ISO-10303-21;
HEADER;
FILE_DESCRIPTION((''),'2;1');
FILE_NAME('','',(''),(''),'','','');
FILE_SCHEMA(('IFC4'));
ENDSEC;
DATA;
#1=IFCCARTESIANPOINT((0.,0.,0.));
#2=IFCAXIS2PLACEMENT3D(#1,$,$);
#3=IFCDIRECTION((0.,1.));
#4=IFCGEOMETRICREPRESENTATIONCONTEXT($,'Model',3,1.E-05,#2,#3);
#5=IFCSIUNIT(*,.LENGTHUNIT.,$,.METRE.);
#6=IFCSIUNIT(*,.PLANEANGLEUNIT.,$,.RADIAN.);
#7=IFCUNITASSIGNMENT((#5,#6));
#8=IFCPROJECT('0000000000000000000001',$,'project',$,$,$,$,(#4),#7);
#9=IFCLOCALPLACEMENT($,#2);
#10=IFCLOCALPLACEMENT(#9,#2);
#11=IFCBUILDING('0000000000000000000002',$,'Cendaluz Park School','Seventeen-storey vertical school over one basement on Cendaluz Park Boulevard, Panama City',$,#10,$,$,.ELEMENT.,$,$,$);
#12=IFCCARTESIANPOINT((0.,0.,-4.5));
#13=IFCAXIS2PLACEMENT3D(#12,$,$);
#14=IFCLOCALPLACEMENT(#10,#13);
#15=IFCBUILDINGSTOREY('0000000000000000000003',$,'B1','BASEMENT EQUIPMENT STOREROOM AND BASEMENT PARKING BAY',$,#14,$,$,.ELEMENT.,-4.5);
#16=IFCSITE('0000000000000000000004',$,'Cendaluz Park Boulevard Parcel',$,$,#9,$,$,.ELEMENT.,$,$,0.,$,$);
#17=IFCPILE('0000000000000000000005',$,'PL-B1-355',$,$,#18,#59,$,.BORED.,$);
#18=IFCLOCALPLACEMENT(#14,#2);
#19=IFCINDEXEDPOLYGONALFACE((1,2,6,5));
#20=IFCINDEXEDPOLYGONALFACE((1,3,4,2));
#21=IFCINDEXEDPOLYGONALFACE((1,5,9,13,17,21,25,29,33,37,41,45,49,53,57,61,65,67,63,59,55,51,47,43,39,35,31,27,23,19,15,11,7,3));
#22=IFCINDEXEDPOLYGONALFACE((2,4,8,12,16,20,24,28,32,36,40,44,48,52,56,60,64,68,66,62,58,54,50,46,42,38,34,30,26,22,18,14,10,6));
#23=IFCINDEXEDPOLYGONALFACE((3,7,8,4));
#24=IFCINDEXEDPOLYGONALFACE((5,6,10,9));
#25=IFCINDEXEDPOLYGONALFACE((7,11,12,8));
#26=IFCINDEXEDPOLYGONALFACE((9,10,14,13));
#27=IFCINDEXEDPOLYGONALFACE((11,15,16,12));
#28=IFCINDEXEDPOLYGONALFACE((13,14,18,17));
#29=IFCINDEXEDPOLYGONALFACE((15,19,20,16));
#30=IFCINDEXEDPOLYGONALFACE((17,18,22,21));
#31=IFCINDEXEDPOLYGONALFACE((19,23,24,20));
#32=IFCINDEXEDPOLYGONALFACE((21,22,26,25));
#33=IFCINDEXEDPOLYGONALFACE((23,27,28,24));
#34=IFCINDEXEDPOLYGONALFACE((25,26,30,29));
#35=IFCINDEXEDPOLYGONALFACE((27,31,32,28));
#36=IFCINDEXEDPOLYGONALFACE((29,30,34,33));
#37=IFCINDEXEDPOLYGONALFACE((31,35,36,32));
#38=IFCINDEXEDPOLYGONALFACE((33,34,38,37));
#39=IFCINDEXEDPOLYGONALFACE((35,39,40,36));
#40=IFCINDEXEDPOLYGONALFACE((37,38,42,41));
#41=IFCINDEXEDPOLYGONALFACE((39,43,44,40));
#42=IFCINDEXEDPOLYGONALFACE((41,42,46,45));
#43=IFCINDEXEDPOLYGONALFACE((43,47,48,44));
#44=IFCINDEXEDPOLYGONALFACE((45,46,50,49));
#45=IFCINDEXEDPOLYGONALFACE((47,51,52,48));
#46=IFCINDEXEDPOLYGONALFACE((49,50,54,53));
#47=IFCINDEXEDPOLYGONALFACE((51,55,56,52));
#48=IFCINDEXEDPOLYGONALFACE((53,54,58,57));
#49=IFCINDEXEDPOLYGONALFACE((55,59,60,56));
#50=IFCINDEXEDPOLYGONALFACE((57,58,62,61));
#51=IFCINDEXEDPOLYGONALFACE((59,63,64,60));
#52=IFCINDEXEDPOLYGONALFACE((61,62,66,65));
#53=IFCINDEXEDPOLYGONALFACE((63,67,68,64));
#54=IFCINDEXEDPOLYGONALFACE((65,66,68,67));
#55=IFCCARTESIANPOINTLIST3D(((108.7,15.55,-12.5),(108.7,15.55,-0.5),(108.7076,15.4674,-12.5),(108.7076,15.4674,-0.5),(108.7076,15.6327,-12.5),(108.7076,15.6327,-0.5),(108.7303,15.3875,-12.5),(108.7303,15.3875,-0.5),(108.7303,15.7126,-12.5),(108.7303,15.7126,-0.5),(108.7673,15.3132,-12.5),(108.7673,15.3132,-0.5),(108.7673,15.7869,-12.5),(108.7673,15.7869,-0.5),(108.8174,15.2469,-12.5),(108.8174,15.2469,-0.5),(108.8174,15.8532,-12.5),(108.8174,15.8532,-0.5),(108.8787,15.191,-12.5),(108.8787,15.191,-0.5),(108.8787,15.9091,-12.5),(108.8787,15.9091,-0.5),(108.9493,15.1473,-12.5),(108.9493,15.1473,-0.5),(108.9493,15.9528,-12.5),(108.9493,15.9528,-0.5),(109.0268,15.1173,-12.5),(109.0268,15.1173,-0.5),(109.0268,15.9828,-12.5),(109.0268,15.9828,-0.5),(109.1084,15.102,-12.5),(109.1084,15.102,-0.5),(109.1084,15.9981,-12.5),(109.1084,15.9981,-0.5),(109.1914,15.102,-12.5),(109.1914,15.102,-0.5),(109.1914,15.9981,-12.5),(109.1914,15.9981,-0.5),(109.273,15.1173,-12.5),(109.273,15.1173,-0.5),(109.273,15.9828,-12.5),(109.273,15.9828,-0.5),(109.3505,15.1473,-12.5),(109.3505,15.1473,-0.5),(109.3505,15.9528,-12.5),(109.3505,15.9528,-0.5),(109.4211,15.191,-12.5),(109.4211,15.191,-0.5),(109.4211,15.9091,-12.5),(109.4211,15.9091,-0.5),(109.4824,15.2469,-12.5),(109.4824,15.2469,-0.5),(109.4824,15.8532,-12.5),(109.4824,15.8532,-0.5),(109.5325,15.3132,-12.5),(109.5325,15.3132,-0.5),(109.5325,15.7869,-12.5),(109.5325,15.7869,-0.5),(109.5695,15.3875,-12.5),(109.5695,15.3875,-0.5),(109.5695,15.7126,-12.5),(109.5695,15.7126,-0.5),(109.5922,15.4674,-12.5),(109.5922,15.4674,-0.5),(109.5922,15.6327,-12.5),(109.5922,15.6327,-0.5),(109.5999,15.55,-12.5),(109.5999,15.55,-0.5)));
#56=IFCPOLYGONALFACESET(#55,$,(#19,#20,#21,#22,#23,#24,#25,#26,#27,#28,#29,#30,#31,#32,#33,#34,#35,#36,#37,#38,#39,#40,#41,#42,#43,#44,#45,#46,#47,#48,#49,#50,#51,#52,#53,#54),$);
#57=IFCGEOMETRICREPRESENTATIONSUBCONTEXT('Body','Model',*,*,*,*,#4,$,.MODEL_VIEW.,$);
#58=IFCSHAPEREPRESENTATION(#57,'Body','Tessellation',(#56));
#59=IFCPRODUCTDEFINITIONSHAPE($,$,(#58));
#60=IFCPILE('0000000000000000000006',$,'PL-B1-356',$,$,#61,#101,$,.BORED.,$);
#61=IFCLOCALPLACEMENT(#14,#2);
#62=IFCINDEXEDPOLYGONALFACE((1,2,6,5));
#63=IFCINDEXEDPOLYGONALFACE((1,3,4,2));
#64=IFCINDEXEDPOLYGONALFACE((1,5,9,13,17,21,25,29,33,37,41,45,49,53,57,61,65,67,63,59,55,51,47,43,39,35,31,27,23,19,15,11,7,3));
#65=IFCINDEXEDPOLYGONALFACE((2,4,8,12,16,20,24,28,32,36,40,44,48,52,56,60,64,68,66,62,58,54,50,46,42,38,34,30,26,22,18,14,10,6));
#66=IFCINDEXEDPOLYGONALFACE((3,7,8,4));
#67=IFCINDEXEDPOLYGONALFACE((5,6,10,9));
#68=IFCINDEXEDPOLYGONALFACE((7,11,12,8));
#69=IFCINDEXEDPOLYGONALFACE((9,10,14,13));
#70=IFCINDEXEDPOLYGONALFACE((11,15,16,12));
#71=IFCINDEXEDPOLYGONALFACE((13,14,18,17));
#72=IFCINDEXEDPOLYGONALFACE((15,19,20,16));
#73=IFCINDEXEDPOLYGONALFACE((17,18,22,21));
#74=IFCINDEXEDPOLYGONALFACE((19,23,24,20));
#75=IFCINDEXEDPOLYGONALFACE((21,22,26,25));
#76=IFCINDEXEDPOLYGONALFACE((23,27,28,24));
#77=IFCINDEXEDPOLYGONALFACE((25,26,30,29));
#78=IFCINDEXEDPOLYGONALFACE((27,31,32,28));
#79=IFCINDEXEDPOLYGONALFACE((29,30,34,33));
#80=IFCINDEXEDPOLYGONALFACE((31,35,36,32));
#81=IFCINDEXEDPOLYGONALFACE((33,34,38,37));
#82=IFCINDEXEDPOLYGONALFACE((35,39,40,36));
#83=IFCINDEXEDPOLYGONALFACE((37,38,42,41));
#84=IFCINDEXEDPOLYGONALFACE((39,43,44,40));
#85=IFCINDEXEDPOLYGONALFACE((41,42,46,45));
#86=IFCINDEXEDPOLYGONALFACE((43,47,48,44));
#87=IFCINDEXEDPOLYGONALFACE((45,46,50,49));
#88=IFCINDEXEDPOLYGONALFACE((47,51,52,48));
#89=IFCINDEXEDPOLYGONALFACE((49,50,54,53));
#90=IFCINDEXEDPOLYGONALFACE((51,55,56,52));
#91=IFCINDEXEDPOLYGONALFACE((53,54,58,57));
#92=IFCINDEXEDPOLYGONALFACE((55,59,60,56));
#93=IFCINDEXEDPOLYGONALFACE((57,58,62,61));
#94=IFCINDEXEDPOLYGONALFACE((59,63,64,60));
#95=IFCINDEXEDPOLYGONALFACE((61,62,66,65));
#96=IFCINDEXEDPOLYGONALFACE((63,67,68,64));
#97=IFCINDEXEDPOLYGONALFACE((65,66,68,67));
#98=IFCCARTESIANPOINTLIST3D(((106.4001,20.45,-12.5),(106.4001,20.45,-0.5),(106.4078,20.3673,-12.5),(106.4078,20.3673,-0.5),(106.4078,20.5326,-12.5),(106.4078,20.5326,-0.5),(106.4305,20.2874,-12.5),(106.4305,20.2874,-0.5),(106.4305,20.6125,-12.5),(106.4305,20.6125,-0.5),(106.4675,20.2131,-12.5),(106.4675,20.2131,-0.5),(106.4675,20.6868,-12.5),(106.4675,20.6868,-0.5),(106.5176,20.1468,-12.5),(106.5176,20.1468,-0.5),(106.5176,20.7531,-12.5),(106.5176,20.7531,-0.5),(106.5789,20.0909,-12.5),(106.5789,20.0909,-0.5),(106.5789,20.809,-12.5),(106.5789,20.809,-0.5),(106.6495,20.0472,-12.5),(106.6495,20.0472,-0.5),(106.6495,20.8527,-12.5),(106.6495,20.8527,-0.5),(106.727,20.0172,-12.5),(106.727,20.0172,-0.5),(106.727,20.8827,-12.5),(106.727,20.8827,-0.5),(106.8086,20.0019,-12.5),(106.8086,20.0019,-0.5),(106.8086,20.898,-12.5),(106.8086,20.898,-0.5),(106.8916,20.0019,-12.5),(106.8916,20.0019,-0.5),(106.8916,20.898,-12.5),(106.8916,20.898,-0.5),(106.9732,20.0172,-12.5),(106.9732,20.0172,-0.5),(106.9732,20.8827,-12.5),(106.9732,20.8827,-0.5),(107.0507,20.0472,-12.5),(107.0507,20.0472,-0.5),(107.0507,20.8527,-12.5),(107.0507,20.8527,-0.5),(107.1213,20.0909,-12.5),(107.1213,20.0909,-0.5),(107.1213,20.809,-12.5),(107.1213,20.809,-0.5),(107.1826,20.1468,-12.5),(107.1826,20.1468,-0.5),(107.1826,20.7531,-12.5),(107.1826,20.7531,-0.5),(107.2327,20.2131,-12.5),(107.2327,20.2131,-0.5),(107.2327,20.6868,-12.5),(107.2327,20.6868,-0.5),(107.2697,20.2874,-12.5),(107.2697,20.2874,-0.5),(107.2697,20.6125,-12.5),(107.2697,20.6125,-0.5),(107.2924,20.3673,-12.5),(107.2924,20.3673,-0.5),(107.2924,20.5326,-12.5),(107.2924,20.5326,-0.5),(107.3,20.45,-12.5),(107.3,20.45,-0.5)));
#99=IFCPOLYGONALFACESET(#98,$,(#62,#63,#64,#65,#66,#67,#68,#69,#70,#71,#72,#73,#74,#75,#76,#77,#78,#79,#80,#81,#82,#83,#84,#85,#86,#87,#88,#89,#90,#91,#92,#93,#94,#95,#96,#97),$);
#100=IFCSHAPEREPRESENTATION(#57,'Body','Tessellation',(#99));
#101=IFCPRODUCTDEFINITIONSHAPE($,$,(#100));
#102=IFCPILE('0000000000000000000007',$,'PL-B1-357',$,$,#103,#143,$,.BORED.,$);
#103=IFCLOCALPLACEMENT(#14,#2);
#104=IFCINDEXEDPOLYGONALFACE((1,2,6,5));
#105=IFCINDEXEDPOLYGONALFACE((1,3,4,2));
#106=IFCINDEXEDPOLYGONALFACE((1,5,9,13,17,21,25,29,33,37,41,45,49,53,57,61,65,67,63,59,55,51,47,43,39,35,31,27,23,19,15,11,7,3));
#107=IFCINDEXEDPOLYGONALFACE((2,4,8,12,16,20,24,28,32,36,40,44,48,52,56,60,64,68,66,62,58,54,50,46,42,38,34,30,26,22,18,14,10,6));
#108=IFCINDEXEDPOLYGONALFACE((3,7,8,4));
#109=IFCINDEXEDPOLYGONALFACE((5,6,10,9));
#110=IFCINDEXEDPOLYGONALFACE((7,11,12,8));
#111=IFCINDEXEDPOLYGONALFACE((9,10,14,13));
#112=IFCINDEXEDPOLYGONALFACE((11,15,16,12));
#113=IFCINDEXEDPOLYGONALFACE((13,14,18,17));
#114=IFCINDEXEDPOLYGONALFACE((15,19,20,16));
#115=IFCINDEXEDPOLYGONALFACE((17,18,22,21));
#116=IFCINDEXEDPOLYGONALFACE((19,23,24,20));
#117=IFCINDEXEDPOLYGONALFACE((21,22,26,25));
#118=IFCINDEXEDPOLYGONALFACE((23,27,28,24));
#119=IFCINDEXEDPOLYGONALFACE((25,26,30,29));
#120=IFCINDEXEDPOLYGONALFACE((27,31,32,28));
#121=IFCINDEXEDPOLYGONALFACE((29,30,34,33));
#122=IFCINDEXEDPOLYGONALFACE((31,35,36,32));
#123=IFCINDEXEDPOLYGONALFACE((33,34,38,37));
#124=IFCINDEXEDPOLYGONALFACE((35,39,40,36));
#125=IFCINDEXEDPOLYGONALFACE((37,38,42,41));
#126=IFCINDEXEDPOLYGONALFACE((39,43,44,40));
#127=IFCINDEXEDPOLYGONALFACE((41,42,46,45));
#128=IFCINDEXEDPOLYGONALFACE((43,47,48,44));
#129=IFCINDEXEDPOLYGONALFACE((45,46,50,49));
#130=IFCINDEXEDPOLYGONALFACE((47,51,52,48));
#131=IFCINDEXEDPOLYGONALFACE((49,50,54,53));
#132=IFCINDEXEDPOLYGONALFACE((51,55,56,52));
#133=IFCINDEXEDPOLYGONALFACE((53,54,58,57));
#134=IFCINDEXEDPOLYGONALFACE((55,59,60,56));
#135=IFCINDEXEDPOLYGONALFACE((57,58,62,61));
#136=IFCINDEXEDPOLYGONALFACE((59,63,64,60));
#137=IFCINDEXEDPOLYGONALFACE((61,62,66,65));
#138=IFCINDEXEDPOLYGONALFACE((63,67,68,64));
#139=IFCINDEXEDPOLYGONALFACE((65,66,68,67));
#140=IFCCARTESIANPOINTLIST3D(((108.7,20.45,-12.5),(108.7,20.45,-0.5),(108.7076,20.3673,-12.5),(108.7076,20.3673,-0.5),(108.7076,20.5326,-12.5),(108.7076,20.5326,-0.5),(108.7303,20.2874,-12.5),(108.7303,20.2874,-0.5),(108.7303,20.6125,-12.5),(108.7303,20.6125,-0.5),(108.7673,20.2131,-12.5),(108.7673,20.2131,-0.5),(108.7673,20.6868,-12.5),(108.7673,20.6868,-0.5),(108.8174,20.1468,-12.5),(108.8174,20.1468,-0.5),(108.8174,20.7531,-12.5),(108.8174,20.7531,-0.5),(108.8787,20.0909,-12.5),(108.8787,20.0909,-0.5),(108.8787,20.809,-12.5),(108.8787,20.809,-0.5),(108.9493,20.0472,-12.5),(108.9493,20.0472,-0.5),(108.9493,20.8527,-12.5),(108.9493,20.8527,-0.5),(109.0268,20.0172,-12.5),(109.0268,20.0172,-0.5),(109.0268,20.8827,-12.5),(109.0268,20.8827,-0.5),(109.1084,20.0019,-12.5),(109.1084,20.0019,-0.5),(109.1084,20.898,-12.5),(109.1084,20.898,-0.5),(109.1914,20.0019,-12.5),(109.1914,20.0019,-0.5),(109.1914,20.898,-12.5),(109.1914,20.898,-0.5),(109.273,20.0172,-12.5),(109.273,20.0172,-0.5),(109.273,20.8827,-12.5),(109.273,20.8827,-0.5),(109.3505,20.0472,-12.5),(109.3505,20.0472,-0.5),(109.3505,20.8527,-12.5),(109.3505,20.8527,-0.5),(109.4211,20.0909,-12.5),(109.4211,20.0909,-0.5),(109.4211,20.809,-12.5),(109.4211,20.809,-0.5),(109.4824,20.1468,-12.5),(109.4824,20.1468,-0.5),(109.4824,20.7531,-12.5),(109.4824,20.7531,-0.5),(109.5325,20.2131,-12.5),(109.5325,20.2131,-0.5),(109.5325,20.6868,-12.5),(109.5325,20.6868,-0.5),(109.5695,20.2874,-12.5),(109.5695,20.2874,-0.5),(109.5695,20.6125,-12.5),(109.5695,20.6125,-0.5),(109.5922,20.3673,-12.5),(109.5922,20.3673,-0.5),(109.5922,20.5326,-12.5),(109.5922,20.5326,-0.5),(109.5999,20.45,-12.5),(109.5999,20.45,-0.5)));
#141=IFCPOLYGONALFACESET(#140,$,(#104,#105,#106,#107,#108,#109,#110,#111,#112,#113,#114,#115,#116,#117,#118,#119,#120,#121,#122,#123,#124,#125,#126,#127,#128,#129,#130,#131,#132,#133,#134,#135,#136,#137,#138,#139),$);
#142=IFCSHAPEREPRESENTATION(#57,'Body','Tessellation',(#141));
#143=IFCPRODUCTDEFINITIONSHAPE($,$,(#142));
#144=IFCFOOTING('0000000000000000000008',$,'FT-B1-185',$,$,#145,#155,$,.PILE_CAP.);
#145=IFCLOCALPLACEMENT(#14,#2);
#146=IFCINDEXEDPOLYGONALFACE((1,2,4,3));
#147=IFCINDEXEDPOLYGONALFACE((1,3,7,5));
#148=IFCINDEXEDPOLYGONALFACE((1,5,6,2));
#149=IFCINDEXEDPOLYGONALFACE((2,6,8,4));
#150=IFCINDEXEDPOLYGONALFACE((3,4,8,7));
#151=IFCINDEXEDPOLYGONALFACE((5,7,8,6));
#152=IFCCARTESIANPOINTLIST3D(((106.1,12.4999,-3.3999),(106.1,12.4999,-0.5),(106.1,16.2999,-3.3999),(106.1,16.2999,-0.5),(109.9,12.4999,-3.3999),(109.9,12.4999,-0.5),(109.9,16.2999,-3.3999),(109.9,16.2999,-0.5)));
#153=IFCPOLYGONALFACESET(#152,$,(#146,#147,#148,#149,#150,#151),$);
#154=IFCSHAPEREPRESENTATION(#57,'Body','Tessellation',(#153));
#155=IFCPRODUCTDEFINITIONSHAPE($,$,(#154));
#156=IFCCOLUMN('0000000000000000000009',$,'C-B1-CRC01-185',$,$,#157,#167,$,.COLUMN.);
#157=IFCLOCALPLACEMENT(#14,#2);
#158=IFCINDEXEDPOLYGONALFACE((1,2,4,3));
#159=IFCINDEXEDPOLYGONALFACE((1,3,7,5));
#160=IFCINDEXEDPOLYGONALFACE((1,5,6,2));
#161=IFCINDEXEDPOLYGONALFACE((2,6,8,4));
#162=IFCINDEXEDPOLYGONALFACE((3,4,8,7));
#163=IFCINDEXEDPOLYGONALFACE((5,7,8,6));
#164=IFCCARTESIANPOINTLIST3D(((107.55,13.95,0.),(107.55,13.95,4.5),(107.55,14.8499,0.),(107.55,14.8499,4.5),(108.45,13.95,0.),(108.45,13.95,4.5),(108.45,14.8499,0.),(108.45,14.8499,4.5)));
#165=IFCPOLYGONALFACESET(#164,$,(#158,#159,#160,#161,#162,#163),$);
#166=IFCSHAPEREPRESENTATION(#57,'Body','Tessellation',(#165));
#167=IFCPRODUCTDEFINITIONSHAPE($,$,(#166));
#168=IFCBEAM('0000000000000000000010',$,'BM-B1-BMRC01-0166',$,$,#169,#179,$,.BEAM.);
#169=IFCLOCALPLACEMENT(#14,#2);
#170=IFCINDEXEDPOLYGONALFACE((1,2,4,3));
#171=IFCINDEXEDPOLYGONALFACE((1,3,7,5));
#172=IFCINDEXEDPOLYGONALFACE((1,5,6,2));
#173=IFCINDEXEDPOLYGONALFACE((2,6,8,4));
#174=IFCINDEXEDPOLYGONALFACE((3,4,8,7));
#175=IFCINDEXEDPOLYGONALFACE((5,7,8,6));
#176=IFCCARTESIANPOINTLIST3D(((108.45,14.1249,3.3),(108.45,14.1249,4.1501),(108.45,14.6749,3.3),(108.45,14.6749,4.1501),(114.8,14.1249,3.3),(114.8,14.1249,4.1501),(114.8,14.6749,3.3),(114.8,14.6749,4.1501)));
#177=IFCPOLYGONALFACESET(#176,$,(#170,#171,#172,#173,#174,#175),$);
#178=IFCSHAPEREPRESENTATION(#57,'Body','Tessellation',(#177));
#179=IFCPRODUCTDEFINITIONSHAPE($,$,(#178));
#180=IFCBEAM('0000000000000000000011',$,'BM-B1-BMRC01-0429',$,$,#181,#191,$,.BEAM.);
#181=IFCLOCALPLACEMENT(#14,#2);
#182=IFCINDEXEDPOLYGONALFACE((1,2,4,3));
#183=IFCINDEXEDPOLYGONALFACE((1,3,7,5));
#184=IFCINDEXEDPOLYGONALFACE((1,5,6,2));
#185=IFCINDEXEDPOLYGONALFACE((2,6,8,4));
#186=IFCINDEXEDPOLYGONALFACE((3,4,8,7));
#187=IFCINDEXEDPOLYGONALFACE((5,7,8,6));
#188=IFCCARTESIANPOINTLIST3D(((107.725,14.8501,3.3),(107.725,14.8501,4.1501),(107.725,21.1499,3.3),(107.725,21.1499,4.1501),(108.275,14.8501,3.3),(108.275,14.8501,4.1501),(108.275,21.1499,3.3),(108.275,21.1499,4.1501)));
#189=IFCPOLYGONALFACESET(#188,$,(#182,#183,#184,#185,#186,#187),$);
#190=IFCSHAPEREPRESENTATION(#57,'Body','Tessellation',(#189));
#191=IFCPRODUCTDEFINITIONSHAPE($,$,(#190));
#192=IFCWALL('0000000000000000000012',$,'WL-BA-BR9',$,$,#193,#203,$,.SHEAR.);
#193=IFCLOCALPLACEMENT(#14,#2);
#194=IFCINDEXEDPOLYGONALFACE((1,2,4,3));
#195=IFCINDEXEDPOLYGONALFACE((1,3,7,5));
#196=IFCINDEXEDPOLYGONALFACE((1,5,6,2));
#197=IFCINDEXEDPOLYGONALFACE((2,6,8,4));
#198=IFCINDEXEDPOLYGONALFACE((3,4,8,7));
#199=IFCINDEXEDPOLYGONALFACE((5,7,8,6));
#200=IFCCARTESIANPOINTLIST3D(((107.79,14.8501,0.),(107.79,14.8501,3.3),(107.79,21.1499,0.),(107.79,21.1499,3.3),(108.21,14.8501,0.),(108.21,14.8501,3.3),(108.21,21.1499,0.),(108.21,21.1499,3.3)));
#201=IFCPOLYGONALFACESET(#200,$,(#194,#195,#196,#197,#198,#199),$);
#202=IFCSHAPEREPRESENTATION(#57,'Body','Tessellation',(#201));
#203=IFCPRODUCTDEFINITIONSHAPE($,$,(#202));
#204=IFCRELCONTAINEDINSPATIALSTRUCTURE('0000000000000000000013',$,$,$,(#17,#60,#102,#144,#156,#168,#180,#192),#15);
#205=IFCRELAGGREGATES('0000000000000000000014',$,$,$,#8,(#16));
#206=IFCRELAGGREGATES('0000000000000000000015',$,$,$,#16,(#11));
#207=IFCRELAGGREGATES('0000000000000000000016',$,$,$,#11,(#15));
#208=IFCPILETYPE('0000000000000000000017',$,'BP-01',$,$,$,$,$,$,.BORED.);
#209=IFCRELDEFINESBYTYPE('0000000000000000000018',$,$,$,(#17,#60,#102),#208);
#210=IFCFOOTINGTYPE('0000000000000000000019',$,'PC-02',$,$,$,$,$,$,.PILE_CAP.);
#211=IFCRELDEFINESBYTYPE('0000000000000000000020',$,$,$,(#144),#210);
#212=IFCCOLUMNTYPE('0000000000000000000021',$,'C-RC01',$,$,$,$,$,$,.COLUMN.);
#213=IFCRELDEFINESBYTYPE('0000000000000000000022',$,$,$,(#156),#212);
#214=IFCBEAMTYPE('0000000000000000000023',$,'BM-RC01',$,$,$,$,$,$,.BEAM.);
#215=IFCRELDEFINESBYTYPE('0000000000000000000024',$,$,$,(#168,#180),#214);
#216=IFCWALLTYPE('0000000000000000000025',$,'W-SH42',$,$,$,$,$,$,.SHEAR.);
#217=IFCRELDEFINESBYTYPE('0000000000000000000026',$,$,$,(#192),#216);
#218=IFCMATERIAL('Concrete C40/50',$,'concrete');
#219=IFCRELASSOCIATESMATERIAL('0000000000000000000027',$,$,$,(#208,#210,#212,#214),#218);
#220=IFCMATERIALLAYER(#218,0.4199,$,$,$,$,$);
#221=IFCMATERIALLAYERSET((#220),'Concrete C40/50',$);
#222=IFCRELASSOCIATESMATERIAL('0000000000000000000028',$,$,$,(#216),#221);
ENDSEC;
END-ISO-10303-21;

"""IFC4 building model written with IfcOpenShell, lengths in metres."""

from ifc_helpers import new_model, si_unit, direction, frame, frame_2d, origin, origin_2d, place, context, subcontext, project, spatial, rectangle, circle, extrude, material, layer, layer_set, material_profile, profile_set, type_object, element, save


model = new_model("IFC4")

# Units and contexts
model_context = context("Model", 3, precision=1e-05, world=origin(), true_north=direction((0.0, 1.0)))
body_context = subcontext(model_context, "Body", "Model", "MODEL_VIEW")
ifc_project = project(units=[si_unit("LENGTHUNIT", "METRE"), si_unit("PLANEANGLEUNIT", "RADIAN")], contexts=[model_context])

# Site, building, storey
site_placement = place(None, origin())
site = spatial("IfcSite", under=ifc_project, at=site_placement, Name="Cendaluz Park Boulevard Parcel", CompositionType="ELEMENT", RefElevation=0.0)
building_placement = place(site_placement, origin())
building = spatial("IfcBuilding", under=site, at=building_placement, Name="Cendaluz Park School", Description="Seventeen-storey vertical school over one basement on Cendaluz Park Boulevard, Panama City", CompositionType="ELEMENT")
storey_placement = place(building_placement, frame((0.0, 0.0, -4.5)))
storey = spatial("IfcBuildingStorey", under=building, at=storey_placement, Name="B1", Description="BASEMENT EQUIPMENT STOREROOM AND BASEMENT PARKING BAY", CompositionType="ELEMENT", Elevation=-4.5)

# Piles
ifc_material_1 = material(Name="Concrete C40/50", Category="concrete")
ifc_material_profile_1 = material_profile(ifc_material_1, circle(Radius=0.45, at=origin_2d()), Name="BP D900", Category="concrete")
ifc_profile_set_1 = profile_set([ifc_material_profile_1], Name="Concrete C40/50")
pile_type = type_object("IfcPileType", Name="BP-01", PredefinedType="BORED", material=ifc_profile_set_1)
for number, where, z_axis, x_axis, name in (
    (1, (109.1499, 15.55, -0.5), (0.0, 0.0, -1.0), (1.0, 0.0, 0.0), "PL-B1-355"),
    (2, (106.8501, 20.45, -0.5), (0.0, 0.0, -1.0), (1.0, 0.0, 0.0), "PL-B1-356"),
    (3, (109.1499, 20.45, -0.5), (0.0, 0.0, -1.0), (1.0, 0.0, 0.0), "PL-B1-357"),
):
    element("IfcPile", number, at=place(storey_placement, frame(where, z_axis=z_axis, x_axis=x_axis)), inside=storey, type_object=pile_type, Name=name, PredefinedType="BORED", context=body_context, shape_type="SweptSolid", body=[
        extrude(circle(Radius=0.45, at=origin_2d()), origin(), (0.0, 0.0, 1.0), 12.0),
    ])

# Footing
footing_type = type_object("IfcFootingType", Name="PC-02", PredefinedType="PILE_CAP", material=ifc_material_1)
footing_placement = place(storey_placement, frame((108.0, 14.3999, -3.3999), z_axis=(0.0, 0.0, 1.0), x_axis=(1.0, 0.0, 0.0)))
element("IfcFooting", 4, at=footing_placement, inside=storey, type_object=footing_type, Name="FT-B1-185", PredefinedType="PILE_CAP", context=body_context, shape_type="SweptSolid", body=[
    extrude(rectangle(XDim=3.8, YDim=3.8, at=origin_2d()), origin(), (0.0, 0.0, 1.0), 2.8999),
])

# Column
ifc_material_profile_2 = material_profile(ifc_material_1, rectangle(XDim=0.8999, YDim=0.8999, at=origin_2d()), Name="RC 900x900", Category="concrete")
ifc_profile_set_2 = profile_set([ifc_material_profile_2], Name="Concrete C40/50")
column_type = type_object("IfcColumnType", Name="C-RC01", PredefinedType="COLUMN", material=ifc_profile_set_2)
column_placement = place(storey_placement, frame((108.0, 14.3999, 0.0), z_axis=(0.0, 0.0, 1.0), x_axis=(1.0, 0.0, 0.0)))
element("IfcColumn", 5, at=column_placement, inside=storey, type_object=column_type, Name="C-B1-CRC01-185", PredefinedType="COLUMN", context=body_context, shape_type="SweptSolid", body=[
    extrude(rectangle(XDim=0.8999, YDim=0.8999, at=origin_2d()), origin(), (0.0, 0.0, 1.0), 4.5),
])

# Beams
ifc_material_profile_3 = material_profile(ifc_material_1, rectangle(XDim=0.55, YDim=0.8501, at=origin_2d()), Name="RC 550x850", Category="concrete")
ifc_profile_set_3 = profile_set([ifc_material_profile_3], Name="Concrete C40/50")
beam_type = type_object("IfcBeamType", Name="BM-RC01", PredefinedType="BEAM", material=ifc_profile_set_3)
beam_1_placement = place(storey_placement, frame((108.45, 14.3999, 3.7251), z_axis=(1.0, 0.0, 0.0), x_axis=(0.0, 1.0, 0.0)))
element("IfcBeam", 6, at=beam_1_placement, inside=storey, type_object=beam_type, Name="BM-B1-BMRC01-0166", PredefinedType="BEAM", context=body_context, shape_type="SweptSolid", body=[
    extrude(rectangle(XDim=0.55, YDim=0.8501, at=origin_2d()), origin(), (0.0, 0.0, 1.0), 6.3501),
])
beam_2_placement = place(storey_placement, frame((108.0, 14.8501, 3.7251), z_axis=(0.0, 1.0, 0.0), x_axis=(-1.0, 0.0, 0.0)))
element("IfcBeam", 7, at=beam_2_placement, inside=storey, type_object=beam_type, Name="BM-B1-BMRC01-0429", PredefinedType="BEAM", context=body_context, shape_type="SweptSolid", body=[
    extrude(rectangle(XDim=0.55, YDim=0.8501, at=origin_2d()), origin(), (0.0, 0.0, 1.0), 6.2998),
])

# Wall
ifc_layer_1 = layer(ifc_material_1, 0.4199)
ifc_layer_set_1 = layer_set([ifc_layer_1], Name="Concrete C40/50")
wall_type_1 = type_object("IfcWallType", Name="W-SH42", PredefinedType="SHEAR", material=ifc_layer_set_1)
wall_1_placement = place(storey_placement, frame((108.0, 14.8501, 0.0), z_axis=(0.0, 0.0, 1.0), x_axis=(0.0, 1.0, 0.0)))
element("IfcWall", 8, at=wall_1_placement, inside=storey, type_object=wall_type_1, Name="WL-BA-BR9", PredefinedType="SHEAR", context=body_context, shape_type="SweptSolid", body=[
    extrude(rectangle(XDim=6.2998, YDim=0.4199, at=frame_2d((3.1499, 0.0))), origin(), (0.0, 0.0, 1.0), 3.3),
])

save(model, "model.ifc")
